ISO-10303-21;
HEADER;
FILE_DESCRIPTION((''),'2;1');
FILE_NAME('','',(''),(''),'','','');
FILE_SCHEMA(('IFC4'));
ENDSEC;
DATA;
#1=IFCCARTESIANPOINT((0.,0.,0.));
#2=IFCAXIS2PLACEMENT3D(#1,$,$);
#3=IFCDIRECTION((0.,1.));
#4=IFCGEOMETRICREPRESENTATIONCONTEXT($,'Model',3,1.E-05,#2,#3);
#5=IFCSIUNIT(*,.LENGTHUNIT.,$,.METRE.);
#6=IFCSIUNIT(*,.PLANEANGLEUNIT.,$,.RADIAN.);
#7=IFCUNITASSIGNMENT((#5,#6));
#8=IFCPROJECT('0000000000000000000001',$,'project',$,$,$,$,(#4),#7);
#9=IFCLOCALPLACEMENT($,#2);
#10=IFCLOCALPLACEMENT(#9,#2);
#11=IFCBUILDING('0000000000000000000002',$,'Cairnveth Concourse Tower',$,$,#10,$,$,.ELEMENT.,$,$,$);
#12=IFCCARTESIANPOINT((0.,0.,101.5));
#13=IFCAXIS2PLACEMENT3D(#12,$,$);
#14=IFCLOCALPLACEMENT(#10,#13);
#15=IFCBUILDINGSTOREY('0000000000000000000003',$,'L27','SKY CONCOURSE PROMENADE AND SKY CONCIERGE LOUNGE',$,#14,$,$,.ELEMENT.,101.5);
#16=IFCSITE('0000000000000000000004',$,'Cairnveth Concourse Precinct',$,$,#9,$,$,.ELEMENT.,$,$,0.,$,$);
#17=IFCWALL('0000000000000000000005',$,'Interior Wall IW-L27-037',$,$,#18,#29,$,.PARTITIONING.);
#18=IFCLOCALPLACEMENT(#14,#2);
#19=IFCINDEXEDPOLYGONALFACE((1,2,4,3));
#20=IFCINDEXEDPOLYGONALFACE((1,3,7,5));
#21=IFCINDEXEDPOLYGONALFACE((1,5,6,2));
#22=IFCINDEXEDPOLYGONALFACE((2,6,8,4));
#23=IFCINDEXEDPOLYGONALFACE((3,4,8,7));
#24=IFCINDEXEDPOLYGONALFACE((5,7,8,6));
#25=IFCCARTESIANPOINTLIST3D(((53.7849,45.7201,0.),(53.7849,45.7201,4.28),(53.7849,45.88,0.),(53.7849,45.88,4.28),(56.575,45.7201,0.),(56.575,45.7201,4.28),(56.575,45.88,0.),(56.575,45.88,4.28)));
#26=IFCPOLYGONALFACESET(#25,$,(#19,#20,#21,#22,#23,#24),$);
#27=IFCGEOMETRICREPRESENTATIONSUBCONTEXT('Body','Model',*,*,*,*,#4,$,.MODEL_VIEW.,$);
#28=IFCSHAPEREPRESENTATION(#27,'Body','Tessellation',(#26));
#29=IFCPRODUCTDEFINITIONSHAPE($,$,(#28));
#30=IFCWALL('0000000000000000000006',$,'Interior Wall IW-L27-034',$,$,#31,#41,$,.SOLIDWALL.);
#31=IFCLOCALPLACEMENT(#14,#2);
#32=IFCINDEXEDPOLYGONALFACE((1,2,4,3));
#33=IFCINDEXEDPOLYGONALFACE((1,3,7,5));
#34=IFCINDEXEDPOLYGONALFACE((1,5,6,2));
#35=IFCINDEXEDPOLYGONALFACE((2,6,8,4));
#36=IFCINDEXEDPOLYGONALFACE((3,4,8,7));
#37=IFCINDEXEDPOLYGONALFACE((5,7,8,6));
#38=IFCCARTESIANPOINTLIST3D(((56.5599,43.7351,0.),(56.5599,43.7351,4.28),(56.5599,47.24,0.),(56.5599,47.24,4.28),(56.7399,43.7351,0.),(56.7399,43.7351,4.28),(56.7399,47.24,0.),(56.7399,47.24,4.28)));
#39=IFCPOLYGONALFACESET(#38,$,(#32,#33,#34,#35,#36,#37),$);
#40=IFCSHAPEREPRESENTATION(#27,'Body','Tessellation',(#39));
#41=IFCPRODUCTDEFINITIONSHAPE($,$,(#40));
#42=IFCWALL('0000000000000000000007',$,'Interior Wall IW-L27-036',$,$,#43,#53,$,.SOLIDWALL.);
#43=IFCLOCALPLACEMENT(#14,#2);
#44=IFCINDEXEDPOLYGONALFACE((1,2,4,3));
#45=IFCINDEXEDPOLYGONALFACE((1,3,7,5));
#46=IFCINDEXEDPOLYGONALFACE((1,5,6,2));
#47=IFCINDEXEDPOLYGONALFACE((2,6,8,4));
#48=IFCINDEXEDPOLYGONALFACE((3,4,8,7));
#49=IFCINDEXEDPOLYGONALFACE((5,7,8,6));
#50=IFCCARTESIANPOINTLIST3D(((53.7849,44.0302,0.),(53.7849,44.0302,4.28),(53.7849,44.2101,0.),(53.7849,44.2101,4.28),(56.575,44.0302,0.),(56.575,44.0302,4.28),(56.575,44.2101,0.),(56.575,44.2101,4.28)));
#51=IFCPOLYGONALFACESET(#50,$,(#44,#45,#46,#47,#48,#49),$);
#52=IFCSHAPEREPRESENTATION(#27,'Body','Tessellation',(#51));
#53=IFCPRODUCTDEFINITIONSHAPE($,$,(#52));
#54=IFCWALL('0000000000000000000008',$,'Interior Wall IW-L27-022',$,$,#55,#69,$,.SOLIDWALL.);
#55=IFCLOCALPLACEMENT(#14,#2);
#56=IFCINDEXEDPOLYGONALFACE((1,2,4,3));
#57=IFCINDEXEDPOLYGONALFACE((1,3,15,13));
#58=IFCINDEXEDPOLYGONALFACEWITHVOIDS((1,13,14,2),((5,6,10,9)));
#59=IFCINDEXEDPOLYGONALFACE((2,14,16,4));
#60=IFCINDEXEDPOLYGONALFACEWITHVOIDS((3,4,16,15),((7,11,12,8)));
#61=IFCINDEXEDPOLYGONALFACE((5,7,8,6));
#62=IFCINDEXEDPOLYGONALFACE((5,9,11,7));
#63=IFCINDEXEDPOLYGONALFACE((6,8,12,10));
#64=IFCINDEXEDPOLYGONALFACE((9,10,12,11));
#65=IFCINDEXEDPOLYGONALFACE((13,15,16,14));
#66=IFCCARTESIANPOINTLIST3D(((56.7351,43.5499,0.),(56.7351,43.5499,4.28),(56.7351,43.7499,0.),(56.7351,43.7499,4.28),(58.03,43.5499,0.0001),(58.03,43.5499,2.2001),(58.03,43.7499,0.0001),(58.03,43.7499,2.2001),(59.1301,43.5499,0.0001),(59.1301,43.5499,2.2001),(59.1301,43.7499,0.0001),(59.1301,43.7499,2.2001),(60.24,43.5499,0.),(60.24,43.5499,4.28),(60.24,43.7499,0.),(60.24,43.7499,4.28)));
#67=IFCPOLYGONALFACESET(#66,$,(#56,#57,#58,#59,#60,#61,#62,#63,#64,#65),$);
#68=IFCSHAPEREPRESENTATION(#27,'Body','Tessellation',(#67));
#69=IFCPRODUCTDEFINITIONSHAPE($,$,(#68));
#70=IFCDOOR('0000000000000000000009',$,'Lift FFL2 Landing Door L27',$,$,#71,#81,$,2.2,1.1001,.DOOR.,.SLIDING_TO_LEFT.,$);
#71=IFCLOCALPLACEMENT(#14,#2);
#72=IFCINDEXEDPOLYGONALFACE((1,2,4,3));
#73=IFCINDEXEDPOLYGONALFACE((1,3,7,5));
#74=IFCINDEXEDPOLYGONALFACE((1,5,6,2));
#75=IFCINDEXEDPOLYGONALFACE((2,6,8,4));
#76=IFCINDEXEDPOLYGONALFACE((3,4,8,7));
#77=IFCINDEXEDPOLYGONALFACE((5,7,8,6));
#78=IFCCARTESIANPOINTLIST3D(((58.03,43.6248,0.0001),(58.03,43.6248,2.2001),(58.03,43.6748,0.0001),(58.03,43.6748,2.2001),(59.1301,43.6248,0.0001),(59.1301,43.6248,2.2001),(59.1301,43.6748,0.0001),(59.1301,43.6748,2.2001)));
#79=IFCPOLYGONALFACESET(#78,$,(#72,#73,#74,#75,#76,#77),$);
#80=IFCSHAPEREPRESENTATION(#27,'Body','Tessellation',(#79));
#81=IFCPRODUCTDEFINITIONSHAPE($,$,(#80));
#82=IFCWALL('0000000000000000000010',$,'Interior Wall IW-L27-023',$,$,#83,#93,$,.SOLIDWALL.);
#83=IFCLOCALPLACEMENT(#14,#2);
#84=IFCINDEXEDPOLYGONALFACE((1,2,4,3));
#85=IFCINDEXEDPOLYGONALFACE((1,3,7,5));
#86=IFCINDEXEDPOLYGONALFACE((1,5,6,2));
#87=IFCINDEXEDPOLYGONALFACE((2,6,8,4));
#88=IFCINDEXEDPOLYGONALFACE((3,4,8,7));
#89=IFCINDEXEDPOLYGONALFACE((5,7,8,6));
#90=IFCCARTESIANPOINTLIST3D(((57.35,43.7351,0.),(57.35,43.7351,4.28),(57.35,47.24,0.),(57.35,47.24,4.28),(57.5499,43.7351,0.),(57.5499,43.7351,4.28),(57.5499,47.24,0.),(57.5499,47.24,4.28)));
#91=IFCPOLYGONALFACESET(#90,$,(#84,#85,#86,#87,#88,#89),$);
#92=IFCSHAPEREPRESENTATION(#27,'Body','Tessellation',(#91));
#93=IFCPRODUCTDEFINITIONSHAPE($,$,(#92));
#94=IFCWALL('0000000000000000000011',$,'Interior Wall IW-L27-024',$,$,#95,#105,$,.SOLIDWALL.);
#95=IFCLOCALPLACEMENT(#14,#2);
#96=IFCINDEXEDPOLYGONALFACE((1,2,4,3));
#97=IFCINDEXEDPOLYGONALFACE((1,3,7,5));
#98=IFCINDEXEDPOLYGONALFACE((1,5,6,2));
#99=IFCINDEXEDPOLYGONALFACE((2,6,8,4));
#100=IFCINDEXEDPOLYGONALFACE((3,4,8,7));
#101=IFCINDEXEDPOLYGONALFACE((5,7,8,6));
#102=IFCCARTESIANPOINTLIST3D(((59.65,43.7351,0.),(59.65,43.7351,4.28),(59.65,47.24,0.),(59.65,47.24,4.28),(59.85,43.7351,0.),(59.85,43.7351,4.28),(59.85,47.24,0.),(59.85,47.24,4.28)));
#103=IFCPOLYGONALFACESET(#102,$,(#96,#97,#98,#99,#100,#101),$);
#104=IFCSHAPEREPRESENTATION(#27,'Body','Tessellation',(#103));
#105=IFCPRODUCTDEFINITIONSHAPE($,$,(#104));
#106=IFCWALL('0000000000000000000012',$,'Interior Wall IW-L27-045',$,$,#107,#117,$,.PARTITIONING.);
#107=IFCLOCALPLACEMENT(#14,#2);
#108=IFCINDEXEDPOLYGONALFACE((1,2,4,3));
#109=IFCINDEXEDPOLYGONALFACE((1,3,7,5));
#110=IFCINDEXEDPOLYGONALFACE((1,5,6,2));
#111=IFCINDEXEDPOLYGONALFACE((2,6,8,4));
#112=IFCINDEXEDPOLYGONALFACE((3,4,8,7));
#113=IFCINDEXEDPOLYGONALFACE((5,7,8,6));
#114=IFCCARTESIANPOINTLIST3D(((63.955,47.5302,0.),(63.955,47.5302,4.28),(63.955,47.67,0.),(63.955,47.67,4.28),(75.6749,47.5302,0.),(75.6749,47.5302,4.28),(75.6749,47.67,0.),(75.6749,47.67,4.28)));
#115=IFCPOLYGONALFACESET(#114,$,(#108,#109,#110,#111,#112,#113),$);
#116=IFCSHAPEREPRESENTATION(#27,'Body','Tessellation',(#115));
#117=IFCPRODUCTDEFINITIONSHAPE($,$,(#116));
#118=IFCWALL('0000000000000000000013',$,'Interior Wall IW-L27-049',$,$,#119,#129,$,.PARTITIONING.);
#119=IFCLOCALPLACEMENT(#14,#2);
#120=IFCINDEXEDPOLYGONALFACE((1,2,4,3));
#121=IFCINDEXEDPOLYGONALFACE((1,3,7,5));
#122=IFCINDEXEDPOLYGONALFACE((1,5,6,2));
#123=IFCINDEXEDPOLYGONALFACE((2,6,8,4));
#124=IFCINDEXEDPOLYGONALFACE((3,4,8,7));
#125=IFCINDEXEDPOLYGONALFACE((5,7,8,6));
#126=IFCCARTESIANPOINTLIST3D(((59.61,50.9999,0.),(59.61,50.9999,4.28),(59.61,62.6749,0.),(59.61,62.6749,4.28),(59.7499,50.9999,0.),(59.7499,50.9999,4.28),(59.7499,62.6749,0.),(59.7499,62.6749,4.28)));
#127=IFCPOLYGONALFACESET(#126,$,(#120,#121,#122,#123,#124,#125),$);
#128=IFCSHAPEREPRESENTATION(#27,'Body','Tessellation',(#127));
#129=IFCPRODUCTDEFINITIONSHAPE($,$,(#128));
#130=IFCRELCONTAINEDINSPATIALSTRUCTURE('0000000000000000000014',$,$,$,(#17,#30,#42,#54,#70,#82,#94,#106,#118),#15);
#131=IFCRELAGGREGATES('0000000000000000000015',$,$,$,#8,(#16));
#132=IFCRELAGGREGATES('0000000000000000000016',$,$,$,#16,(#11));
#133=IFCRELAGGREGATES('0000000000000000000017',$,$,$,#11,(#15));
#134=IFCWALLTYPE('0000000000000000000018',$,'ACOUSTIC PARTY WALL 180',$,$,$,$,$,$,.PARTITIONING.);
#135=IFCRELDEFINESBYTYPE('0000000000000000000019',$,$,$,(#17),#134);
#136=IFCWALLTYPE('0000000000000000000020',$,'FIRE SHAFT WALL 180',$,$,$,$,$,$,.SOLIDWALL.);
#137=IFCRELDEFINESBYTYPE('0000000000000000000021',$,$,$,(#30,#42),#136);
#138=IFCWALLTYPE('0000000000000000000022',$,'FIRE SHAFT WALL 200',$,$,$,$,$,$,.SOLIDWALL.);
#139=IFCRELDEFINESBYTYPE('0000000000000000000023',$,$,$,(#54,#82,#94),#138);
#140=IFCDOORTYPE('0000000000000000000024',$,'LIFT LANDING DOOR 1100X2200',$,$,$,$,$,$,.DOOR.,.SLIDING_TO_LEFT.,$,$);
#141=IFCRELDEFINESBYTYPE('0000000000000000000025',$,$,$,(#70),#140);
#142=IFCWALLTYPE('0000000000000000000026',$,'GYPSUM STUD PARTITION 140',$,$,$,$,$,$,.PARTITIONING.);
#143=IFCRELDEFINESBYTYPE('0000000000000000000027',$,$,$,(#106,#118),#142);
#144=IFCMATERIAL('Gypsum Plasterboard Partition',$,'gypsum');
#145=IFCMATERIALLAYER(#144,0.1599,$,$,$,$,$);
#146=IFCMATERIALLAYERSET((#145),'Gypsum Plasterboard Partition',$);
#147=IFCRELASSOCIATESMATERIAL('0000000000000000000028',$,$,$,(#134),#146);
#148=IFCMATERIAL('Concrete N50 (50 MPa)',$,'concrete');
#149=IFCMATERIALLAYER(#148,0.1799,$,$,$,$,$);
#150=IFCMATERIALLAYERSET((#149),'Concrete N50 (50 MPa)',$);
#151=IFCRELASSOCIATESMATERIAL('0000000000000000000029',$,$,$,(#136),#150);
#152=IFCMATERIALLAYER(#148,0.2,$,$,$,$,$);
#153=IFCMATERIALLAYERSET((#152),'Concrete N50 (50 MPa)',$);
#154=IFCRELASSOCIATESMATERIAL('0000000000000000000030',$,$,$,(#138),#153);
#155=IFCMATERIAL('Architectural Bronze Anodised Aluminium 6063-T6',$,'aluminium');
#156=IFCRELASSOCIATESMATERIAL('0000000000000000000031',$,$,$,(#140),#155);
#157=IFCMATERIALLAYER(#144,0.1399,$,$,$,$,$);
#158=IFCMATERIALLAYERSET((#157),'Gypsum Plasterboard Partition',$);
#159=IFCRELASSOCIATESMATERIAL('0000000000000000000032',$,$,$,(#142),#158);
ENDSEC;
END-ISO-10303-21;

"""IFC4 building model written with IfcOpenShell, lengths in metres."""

from ifc_helpers import new_model, si_unit, direction, frame, frame_2d, origin, place, context, subcontext, project, spatial, rectangle, extrude, material, layer, layer_set, type_object, element, fill, save


model = new_model("IFC4")

# Units and contexts
model_context = context("Model", 3, precision=1e-05, world=origin(), true_north=direction((0.0, 1.0)))
body_context = subcontext(model_context, "Body", "Model", "MODEL_VIEW")
ifc_project = project(units=[si_unit("LENGTHUNIT", "METRE"), si_unit("PLANEANGLEUNIT", "RADIAN")], contexts=[model_context])

# Site, building, storey
site_placement = place(None, origin())
site = spatial("IfcSite", under=ifc_project, at=site_placement, Name="Cairnveth Concourse Precinct", CompositionType="ELEMENT", RefElevation=0.0)
building_placement = place(site_placement, origin())
building = spatial("IfcBuilding", under=site, at=building_placement, Name="Cairnveth Concourse Tower", CompositionType="ELEMENT")
storey_placement = place(building_placement, frame((0.0, 0.0, 101.5)))
storey = spatial("IfcBuildingStorey", under=building, at=storey_placement, Name="L27", Description="SKY CONCOURSE PROMENADE AND SKY CONCIERGE LOUNGE", CompositionType="ELEMENT", Elevation=101.5)

# Walls
ifc_material_1 = material(Name="Gypsum Plasterboard Partition", Category="gypsum")
ifc_layer_1 = layer(ifc_material_1, 0.1599)
ifc_layer_set_1 = layer_set([ifc_layer_1], Name="Gypsum Plasterboard Partition")
wall_type_1 = type_object("IfcWallType", Name="ACOUSTIC PARTY WALL 180", PredefinedType="PARTITIONING", material=ifc_layer_set_1)
wall_1_placement = place(storey_placement, frame((53.7849, 45.8, 0.0), z_axis=(0.0, 0.0, 1.0), x_axis=(1.0, 0.0, 0.0)))
element("IfcWall", 1, at=wall_1_placement, inside=storey, type_object=wall_type_1, Name="Interior Wall IW-L27-037", PredefinedType="PARTITIONING", context=body_context, shape_type="SweptSolid", body=[
    extrude(rectangle(XDim=2.79, YDim=0.1599, at=frame_2d((1.395, 0.0))), origin(), (0.0, 0.0, 1.0), 4.28),
])
ifc_material_2 = material(Name="Concrete N50 (50 MPa)", Category="concrete")
ifc_layer_2 = layer(ifc_material_2, 0.1799)
ifc_layer_set_2 = layer_set([ifc_layer_2], Name="Concrete N50 (50 MPa)")
wall_type_2 = type_object("IfcWallType", Name="FIRE SHAFT WALL 180", PredefinedType="SOLIDWALL", material=ifc_layer_set_2)
wall_2_placement = place(storey_placement, frame((56.6499, 43.7351, 0.0), z_axis=(0.0, 0.0, 1.0), x_axis=(0.0, 1.0, 0.0)))
element("IfcWall", 2, at=wall_2_placement, inside=storey, type_object=wall_type_2, Name="Interior Wall IW-L27-034", PredefinedType="SOLIDWALL", context=body_context, shape_type="SweptSolid", body=[
    extrude(rectangle(XDim=3.5049, YDim=0.1799, at=frame_2d((1.7524, 0.0))), origin(), (0.0, 0.0, 1.0), 4.28),
])
wall_3_placement = place(storey_placement, frame((53.7849, 44.1201, 0.0), z_axis=(0.0, 0.0, 1.0), x_axis=(1.0, 0.0, 0.0)))
element("IfcWall", 3, at=wall_3_placement, inside=storey, type_object=wall_type_2, Name="Interior Wall IW-L27-036", PredefinedType="SOLIDWALL", context=body_context, shape_type="SweptSolid", body=[
    extrude(rectangle(XDim=2.79, YDim=0.1799, at=frame_2d((1.395, 0.0))), origin(), (0.0, 0.0, 1.0), 4.28),
])

# Wall, opening, door
ifc_layer_3 = layer(ifc_material_2, 0.2)
ifc_layer_set_3 = layer_set([ifc_layer_3], Name="Concrete N50 (50 MPa)")
wall_type_3 = type_object("IfcWallType", Name="FIRE SHAFT WALL 200", PredefinedType="SOLIDWALL", material=ifc_layer_set_3)
wall_4_placement = place(storey_placement, frame((56.7351, 43.6499, 0.0), z_axis=(0.0, 0.0, 1.0), x_axis=(1.0, 0.0, 0.0)))
wall_4 = element("IfcWall", 4, at=wall_4_placement, inside=storey, type_object=wall_type_3, Name="Interior Wall IW-L27-022", PredefinedType="SOLIDWALL", context=body_context, shape_type="SweptSolid", body=[
    extrude(rectangle(XDim=3.5049, YDim=0.2, at=frame_2d((1.7524, 0.0))), origin(), (0.0, 0.0, 1.0), 4.28),
])
opening_1_placement = place(wall_4_placement, frame((1.2949, 0.0, 0.0)))
opening_1 = element("IfcOpeningElement", 5, at=opening_1_placement, cuts=wall_4, PredefinedType="OPENING", context=body_context, shape_type="SweptSolid", body=[
    extrude(rectangle(XDim=1.1001, YDim=2.2, at=frame_2d((0.55, 1.1001))), frame((0.0, 0.1099, 0.0), z_axis=(0.0, -1.0, 0.0), x_axis=(1.0, 0.0, 0.0)), (0.0, 0.0, 1.0), 0.22),
])
ifc_material_3 = material(Name="Architectural Bronze Anodised Aluminium 6063-T6", Category="aluminium")
door_type_1 = type_object("IfcDoorType", Name="LIFT LANDING DOOR 1100X2200", OperationType="SLIDING_TO_LEFT", PredefinedType="DOOR", material=ifc_material_3)
door_1_placement = place(opening_1_placement, origin())
door_1 = element("IfcDoor", 6, at=door_1_placement, inside=storey, type_object=door_type_1, Name="Lift FFL2 Landing Door L27", OperationType="SLIDING_TO_LEFT", OverallHeight=2.2, OverallWidth=1.1001, PredefinedType="DOOR", context=body_context, shape_type="SweptSolid", body=[
    extrude(rectangle(XDim=1.1001, YDim=2.2, at=frame_2d((0.55, 1.1001))), frame((0.0, 0.0249, 0.0), z_axis=(0.0, -1.0, 0.0), x_axis=(1.0, 0.0, 0.0)), (0.0, 0.0, 1.0), 0.05),
])
fill(opening_1, door_1)

# Walls
for number, where, z_axis, x_axis, name in (
    (7, (57.45, 43.7351, 0.0), (0.0, 0.0, 1.0), (0.0, 1.0, 0.0), "Interior Wall IW-L27-023"),
    (8, (59.75, 43.7351, 0.0), (0.0, 0.0, 1.0), (0.0, 1.0, 0.0), "Interior Wall IW-L27-024"),
):
    element("IfcWall", number, at=place(storey_placement, frame(where, z_axis=z_axis, x_axis=x_axis)), inside=storey, type_object=wall_type_3, Name=name, PredefinedType="SOLIDWALL", context=body_context, shape_type="SweptSolid", body=[
        extrude(rectangle(XDim=3.5049, YDim=0.2, at=frame_2d((1.7524, 0.0))), origin(), (0.0, 0.0, 1.0), 4.28),
    ])
ifc_layer_4 = layer(ifc_material_1, 0.1399)
ifc_layer_set_4 = layer_set([ifc_layer_4], Name="Gypsum Plasterboard Partition")
wall_type_4 = type_object("IfcWallType", Name="GYPSUM STUD PARTITION 140", PredefinedType="PARTITIONING", material=ifc_layer_set_4)
wall_5_placement = place(storey_placement, frame((63.9551, 47.6001, 0.0), z_axis=(0.0, 0.0, 1.0), x_axis=(1.0, 0.0, 0.0)))
element("IfcWall", 9, at=wall_5_placement, inside=storey, type_object=wall_type_4, Name="Interior Wall IW-L27-045", PredefinedType="PARTITIONING", context=body_context, shape_type="SweptSolid", body=[
    extrude(rectangle(XDim=11.72, YDim=0.1399, at=frame_2d((5.8599, 0.0))), origin(), (0.0, 0.0, 1.0), 4.28),
])
wall_6_placement = place(storey_placement, frame((59.6799, 51.0, 0.0), z_axis=(0.0, 0.0, 1.0), x_axis=(0.0, 1.0, 0.0)))
element("IfcWall", 10, at=wall_6_placement, inside=storey, type_object=wall_type_4, Name="Interior Wall IW-L27-049", PredefinedType="PARTITIONING", context=body_context, shape_type="SweptSolid", body=[
    extrude(rectangle(XDim=11.675, YDim=0.1399, at=frame_2d((5.8374, 0.0))), origin(), (0.0, 0.0, 1.0), 4.28),
])

save(model, "model.ifc")
